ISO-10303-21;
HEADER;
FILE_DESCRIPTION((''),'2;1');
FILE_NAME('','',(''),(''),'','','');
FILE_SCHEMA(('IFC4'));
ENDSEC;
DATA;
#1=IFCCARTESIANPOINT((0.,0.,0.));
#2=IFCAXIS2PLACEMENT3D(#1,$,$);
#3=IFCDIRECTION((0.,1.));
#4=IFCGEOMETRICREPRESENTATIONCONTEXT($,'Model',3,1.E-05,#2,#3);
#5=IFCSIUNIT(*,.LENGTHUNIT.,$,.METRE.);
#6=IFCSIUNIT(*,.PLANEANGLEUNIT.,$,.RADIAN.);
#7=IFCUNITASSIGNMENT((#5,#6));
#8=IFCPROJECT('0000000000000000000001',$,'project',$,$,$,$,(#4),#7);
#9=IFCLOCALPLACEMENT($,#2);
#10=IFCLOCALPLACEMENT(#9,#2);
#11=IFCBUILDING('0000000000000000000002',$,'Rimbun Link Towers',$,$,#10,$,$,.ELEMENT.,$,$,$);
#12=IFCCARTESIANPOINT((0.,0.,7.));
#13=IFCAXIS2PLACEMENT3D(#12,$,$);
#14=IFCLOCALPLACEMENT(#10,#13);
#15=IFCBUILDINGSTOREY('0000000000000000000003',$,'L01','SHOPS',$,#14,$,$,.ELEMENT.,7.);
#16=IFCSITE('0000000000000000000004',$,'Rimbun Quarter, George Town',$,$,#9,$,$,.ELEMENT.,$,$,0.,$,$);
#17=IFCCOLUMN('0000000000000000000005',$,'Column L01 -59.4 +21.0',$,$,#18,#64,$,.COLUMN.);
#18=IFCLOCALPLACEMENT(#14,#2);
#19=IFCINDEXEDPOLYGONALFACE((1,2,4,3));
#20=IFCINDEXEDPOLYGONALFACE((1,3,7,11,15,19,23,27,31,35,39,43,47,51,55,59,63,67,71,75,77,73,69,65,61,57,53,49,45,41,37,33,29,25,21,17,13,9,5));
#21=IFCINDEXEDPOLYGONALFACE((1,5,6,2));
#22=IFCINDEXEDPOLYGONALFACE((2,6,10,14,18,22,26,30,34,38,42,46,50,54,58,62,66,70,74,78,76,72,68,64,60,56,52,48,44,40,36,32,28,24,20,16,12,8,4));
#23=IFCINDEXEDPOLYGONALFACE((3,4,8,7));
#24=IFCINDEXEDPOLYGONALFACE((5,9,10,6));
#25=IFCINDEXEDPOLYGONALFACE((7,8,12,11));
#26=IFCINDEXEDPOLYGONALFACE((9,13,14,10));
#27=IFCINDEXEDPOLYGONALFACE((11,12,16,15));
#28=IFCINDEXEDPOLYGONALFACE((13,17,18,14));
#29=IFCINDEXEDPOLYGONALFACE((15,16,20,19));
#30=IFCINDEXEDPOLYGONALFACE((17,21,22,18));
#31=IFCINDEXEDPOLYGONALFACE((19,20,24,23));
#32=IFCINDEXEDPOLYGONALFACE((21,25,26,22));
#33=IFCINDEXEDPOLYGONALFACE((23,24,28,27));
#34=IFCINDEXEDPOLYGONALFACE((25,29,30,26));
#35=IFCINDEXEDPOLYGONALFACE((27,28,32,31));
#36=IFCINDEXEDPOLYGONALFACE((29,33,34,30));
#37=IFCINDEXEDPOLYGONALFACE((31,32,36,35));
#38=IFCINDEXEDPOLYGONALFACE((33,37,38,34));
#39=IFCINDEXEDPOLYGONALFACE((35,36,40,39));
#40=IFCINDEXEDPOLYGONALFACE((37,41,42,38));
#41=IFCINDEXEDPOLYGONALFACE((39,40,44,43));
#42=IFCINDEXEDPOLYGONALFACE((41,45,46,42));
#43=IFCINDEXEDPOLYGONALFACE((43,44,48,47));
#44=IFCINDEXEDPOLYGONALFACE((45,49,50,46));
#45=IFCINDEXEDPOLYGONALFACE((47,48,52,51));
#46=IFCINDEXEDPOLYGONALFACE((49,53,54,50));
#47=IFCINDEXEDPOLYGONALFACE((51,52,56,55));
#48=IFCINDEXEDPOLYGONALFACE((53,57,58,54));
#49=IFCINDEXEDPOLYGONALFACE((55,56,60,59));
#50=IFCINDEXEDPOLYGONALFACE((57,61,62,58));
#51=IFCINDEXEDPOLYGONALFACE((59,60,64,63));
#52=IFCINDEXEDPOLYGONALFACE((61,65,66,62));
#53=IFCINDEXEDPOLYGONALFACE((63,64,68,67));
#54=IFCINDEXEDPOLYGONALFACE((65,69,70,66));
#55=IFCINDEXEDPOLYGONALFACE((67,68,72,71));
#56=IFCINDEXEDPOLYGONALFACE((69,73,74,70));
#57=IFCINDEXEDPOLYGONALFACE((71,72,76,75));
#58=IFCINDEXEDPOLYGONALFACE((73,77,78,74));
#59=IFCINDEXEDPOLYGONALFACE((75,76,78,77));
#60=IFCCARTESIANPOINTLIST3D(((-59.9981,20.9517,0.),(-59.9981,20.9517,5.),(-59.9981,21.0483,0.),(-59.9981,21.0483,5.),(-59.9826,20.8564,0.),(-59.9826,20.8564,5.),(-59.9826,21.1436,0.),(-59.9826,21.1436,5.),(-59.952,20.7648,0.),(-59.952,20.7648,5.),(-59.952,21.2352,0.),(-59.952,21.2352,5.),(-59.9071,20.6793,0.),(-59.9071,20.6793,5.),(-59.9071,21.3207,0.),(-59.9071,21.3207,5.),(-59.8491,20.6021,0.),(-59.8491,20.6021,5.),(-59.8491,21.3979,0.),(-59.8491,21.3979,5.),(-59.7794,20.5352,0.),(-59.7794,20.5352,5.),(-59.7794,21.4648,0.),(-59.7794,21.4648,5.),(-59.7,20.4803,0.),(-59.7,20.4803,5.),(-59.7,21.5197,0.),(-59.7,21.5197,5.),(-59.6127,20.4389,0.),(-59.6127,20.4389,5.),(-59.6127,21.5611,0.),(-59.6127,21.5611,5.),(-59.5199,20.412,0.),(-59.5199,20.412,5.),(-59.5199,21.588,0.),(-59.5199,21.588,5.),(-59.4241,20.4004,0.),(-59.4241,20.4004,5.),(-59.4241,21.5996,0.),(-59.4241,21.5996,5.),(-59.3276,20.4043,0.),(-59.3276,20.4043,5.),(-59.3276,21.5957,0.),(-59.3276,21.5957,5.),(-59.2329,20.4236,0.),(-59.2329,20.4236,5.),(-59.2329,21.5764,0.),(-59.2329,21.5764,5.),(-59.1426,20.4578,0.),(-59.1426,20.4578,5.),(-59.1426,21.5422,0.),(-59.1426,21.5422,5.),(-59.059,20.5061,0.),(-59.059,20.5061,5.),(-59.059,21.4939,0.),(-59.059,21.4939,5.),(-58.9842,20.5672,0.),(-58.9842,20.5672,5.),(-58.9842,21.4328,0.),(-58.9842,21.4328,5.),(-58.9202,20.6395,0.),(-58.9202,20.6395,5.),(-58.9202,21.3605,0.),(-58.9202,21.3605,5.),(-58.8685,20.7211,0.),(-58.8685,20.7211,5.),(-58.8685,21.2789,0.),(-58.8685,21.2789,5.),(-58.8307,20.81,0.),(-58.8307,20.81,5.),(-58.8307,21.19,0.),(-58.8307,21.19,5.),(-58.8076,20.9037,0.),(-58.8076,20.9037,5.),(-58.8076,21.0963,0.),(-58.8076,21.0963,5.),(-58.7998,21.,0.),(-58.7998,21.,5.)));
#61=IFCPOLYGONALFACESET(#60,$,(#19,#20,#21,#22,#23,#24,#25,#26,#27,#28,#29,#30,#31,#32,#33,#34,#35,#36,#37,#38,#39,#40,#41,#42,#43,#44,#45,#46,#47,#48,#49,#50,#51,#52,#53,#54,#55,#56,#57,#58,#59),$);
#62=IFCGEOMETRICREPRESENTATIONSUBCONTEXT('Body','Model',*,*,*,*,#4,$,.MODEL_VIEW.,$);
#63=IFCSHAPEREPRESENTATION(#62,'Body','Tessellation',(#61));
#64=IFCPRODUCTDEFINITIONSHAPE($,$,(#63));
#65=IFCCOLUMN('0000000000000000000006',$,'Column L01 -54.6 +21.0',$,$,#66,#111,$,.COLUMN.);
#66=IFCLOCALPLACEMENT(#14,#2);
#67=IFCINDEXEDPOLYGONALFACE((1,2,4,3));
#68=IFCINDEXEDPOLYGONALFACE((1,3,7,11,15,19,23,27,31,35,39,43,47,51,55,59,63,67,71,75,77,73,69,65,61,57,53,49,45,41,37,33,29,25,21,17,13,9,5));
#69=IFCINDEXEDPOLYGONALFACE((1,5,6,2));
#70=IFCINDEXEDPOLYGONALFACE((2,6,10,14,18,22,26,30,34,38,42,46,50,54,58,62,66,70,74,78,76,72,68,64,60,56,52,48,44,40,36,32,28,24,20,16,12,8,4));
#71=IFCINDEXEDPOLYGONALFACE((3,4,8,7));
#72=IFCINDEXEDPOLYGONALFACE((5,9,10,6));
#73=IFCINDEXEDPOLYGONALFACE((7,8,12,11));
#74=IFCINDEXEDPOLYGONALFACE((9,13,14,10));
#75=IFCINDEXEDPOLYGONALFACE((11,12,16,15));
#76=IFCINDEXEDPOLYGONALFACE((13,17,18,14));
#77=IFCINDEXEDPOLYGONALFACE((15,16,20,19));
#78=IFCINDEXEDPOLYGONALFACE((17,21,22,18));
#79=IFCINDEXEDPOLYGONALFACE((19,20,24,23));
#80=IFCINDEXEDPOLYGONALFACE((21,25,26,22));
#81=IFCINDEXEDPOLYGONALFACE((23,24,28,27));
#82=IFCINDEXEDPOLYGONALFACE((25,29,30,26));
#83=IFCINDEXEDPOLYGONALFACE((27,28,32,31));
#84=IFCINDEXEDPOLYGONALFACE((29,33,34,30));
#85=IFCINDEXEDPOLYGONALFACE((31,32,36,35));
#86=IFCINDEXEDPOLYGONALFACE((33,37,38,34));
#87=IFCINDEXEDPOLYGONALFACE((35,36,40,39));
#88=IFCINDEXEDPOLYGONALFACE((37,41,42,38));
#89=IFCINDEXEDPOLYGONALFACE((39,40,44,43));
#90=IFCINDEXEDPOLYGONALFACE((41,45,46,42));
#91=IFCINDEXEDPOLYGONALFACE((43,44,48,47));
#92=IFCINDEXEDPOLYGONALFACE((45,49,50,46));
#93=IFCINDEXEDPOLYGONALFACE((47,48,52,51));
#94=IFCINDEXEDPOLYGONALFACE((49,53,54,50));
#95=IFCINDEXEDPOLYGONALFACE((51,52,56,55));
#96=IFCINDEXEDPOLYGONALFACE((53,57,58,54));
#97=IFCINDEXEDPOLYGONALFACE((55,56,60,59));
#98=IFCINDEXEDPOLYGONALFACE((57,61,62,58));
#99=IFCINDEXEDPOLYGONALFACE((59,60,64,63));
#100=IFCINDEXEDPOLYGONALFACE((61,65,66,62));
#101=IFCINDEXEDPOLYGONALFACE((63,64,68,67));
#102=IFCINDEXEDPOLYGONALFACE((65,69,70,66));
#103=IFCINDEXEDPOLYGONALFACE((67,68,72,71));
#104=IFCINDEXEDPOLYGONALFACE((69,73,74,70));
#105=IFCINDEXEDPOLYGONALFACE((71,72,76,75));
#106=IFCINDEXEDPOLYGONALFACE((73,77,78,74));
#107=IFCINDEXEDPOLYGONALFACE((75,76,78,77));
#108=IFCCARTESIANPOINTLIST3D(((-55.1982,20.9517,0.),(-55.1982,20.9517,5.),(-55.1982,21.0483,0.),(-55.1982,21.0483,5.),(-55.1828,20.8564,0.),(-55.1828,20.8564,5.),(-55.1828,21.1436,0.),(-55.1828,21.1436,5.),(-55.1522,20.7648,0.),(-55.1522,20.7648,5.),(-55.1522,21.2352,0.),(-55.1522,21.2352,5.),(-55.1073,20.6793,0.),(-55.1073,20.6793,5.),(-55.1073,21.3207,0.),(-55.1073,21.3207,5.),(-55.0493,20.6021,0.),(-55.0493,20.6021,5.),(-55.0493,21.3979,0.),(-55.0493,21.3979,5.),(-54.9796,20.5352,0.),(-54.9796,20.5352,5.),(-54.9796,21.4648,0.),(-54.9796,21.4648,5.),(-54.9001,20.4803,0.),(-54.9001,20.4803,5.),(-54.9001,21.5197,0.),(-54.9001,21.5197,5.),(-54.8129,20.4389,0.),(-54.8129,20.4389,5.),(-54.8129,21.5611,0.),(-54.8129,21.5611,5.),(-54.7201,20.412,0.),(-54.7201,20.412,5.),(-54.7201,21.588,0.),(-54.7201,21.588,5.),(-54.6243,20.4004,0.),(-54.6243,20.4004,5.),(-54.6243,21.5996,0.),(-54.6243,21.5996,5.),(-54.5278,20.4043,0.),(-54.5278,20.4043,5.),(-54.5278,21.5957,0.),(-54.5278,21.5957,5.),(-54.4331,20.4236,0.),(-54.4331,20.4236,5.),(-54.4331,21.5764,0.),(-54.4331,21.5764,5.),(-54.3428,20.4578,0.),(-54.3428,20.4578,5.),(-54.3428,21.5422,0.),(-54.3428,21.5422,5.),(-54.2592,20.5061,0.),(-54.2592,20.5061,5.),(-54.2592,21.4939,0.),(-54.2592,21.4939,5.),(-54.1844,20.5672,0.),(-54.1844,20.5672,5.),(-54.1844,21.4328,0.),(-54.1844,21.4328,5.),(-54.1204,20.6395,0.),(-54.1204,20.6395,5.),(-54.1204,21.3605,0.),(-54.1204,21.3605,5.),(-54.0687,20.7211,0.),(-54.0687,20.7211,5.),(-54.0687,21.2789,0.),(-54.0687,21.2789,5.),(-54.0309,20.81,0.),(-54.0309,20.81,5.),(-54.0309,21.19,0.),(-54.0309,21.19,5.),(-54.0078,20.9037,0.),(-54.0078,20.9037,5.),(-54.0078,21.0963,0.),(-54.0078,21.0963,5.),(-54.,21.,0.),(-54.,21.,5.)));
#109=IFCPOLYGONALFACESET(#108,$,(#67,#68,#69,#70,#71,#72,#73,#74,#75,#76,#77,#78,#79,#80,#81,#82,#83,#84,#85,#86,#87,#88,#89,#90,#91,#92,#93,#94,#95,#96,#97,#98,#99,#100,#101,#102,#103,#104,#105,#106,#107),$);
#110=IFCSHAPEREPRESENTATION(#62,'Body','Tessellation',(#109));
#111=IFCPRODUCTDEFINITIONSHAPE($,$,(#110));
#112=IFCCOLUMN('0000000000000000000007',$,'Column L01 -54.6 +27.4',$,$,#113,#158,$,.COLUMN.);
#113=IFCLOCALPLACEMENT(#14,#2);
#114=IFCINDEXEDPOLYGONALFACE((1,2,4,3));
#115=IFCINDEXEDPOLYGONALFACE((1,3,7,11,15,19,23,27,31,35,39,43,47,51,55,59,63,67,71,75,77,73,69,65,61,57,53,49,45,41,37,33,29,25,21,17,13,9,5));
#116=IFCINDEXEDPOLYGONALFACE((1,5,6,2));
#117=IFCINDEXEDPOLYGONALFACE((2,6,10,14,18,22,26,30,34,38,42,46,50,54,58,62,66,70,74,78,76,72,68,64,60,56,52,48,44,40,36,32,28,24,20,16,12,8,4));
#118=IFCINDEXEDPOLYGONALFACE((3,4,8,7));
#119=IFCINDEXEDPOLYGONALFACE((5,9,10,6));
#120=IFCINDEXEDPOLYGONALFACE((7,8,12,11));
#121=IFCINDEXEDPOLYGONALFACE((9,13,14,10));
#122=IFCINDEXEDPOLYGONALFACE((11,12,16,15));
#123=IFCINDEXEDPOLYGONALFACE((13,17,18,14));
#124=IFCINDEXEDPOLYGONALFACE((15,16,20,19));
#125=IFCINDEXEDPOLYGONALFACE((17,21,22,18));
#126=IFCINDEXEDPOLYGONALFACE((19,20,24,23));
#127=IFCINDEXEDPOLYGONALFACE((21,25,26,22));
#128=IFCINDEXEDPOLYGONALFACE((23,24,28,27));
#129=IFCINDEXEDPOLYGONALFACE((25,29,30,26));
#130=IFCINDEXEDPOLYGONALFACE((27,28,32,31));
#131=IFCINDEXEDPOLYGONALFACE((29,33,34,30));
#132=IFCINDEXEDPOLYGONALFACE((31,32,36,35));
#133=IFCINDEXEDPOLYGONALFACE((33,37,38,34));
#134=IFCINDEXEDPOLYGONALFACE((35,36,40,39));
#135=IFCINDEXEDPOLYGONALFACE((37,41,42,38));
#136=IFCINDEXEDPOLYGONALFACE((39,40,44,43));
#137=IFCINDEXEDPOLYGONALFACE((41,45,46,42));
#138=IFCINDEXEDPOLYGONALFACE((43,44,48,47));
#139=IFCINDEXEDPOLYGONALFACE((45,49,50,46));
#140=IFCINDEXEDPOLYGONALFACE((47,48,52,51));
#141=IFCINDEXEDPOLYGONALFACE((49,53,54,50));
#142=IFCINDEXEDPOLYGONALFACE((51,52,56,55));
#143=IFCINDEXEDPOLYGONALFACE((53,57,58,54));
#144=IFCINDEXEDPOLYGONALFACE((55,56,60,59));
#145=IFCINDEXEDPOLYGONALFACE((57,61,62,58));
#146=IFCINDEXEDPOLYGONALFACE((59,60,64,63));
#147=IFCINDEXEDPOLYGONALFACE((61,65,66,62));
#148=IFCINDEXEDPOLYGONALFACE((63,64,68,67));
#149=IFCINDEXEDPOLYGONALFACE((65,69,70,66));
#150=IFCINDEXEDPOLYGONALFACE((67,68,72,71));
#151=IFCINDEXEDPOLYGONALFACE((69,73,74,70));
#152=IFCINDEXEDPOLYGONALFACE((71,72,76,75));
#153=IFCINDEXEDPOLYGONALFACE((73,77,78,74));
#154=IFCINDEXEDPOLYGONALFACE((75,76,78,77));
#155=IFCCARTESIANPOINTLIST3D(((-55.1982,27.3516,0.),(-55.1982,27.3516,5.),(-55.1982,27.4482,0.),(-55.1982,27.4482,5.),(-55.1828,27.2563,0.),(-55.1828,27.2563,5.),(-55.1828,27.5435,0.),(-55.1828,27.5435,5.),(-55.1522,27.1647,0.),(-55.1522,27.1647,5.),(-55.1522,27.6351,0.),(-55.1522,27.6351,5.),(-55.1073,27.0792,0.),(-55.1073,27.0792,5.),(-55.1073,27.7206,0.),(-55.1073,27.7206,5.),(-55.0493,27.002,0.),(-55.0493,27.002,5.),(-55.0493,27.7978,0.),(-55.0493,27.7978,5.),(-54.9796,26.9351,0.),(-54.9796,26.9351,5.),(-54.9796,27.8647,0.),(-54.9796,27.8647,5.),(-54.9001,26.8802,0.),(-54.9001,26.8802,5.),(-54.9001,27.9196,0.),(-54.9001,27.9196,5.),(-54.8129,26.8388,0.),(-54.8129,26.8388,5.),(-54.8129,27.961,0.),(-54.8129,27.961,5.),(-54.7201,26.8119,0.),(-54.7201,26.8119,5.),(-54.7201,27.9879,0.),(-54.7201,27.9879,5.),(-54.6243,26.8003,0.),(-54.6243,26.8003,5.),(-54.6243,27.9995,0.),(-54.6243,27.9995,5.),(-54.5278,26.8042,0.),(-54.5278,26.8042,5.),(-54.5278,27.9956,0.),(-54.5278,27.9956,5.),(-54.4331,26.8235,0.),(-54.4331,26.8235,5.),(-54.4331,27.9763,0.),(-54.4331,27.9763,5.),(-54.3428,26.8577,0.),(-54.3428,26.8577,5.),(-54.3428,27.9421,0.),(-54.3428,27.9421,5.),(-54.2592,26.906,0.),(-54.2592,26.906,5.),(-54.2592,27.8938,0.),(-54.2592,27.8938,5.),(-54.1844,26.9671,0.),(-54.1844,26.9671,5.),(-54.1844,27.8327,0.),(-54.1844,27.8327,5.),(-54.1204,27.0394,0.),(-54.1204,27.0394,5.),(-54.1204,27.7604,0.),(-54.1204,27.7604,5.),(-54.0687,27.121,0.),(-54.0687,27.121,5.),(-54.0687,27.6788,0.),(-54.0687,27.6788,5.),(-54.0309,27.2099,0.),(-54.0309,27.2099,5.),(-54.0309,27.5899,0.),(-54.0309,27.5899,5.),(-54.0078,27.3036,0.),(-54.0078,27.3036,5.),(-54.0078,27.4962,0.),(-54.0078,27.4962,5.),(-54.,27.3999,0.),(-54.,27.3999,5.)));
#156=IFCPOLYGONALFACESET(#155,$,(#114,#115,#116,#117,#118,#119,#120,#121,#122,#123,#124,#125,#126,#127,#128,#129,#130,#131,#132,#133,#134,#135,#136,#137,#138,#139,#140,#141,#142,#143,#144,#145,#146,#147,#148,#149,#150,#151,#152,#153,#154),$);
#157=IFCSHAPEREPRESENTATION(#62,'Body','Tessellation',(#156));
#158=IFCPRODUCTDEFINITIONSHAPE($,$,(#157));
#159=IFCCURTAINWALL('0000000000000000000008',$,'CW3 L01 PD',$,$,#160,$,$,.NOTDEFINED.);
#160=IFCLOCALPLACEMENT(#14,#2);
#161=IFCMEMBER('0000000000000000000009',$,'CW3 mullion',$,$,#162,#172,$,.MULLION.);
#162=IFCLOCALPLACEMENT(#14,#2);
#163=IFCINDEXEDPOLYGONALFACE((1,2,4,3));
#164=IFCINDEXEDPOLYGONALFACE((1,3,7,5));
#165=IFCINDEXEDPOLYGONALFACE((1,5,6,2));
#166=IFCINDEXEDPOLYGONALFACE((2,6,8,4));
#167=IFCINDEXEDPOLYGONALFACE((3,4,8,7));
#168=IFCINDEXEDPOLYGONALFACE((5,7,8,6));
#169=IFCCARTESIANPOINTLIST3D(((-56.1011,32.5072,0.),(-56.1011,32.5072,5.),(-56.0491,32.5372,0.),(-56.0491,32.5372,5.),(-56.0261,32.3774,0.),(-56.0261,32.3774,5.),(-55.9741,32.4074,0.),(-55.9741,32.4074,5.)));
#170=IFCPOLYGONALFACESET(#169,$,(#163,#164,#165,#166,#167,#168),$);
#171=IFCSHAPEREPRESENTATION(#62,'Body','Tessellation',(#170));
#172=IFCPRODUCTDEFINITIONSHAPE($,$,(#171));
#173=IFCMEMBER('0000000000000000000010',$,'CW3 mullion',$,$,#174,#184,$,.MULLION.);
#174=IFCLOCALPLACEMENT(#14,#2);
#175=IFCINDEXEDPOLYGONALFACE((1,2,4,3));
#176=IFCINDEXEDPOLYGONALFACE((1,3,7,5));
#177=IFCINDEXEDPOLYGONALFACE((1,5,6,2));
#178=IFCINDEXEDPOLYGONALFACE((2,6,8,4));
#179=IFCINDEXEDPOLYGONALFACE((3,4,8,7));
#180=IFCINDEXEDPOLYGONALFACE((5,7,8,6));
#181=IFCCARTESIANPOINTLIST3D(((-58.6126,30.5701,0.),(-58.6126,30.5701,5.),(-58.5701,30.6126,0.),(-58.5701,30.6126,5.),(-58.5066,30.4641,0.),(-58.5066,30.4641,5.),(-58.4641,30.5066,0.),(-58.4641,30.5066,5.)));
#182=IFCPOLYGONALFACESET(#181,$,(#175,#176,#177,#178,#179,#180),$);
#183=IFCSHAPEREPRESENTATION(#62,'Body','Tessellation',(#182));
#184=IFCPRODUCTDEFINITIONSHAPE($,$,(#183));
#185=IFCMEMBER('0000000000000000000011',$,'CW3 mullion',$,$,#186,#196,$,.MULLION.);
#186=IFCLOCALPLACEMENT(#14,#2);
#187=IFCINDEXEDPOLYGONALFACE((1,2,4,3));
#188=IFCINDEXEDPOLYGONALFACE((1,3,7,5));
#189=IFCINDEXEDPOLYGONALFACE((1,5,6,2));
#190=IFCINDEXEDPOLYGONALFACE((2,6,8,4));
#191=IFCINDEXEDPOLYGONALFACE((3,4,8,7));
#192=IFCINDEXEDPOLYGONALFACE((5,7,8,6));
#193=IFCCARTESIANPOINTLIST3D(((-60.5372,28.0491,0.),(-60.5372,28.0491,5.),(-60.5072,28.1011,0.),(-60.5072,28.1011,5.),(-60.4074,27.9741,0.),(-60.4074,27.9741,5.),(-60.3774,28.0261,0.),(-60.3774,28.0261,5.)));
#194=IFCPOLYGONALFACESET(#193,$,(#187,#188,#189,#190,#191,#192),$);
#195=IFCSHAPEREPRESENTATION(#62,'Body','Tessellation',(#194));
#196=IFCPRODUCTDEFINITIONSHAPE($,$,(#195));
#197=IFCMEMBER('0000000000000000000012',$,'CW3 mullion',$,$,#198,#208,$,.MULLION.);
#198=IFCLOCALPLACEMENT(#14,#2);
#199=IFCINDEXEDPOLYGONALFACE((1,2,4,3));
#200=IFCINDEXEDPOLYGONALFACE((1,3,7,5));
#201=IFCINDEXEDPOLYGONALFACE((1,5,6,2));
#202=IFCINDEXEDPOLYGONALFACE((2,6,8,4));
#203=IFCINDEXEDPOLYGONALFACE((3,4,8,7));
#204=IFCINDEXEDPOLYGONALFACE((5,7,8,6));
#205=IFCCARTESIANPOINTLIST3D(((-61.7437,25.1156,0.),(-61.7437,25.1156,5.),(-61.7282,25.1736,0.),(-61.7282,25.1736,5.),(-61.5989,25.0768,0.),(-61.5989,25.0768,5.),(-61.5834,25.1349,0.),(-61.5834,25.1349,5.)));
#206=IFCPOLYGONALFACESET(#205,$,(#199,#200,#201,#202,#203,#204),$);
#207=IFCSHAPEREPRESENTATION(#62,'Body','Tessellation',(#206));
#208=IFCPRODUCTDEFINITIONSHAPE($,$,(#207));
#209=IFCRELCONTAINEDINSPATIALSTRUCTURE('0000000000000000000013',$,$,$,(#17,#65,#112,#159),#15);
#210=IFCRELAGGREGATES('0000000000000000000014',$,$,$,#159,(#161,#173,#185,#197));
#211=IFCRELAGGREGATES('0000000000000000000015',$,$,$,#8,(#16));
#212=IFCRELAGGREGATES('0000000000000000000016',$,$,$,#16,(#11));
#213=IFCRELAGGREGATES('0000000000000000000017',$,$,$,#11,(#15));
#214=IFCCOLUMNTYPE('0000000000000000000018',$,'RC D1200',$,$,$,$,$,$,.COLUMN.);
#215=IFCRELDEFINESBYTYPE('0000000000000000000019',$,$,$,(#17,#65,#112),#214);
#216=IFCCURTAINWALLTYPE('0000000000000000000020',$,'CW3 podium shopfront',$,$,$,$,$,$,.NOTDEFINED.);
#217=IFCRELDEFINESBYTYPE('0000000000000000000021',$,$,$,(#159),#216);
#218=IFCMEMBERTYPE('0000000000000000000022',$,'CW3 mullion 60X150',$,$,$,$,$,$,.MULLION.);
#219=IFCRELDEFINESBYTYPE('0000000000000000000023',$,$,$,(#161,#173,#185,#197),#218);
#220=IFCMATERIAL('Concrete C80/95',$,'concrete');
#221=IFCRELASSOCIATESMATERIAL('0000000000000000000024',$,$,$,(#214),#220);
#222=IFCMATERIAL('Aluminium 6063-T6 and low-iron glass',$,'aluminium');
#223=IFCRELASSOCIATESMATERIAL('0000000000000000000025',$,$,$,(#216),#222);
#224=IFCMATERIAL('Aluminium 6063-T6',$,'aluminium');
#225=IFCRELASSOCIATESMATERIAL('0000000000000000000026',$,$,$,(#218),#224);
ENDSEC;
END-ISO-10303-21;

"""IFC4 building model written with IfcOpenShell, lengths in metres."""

from ifc_helpers import new_model, si_unit, direction, frame, origin, origin_2d, place, context, subcontext, project, spatial, rectangle, circle, extrude, material, material_profile, profile_set, type_object, element, aggregate, save


model = new_model("IFC4")

# Units and contexts
model_context = context("Model", 3, precision=1e-05, world=origin(), true_north=direction((0.0, 1.0)))
body_context = subcontext(model_context, "Body", "Model", "MODEL_VIEW")
ifc_project = project(units=[si_unit("LENGTHUNIT", "METRE"), si_unit("PLANEANGLEUNIT", "RADIAN")], contexts=[model_context])

# Site, building, storey
site_placement = place(None, origin())
site = spatial("IfcSite", under=ifc_project, at=site_placement, Name="Rimbun Quarter, George Town", CompositionType="ELEMENT", RefElevation=0.0)
building_placement = place(site_placement, origin())
building = spatial("IfcBuilding", under=site, at=building_placement, Name="Rimbun Link Towers", CompositionType="ELEMENT")
storey_placement = place(building_placement, frame((0.0, 0.0, 7.0)))
storey = spatial("IfcBuildingStorey", under=building, at=storey_placement, Name="L01", Description="SHOPS", CompositionType="ELEMENT", Elevation=7.0)

# Columns
ifc_material_1 = material(Name="Concrete C80/95", Category="concrete")
ifc_material_profile_1 = material_profile(ifc_material_1, circle(Radius=0.6001, at=origin_2d()), Name="RC D1200")
ifc_profile_set_1 = profile_set([ifc_material_profile_1], Name="Concrete C80/95")
column_type = type_object("IfcColumnType", Name="RC D1200", PredefinedType="COLUMN", material=ifc_profile_set_1)
for number, where, z_axis, x_axis, name in (
    (1, (-59.3999, 21.0, 0.0), (0.0, 0.0, 1.0), (1.0, 0.0, 0.0), "Column L01 -59.4 +21.0"),
    (2, (-54.6001, 21.0, 0.0), (0.0, 0.0, 1.0), (1.0, 0.0, 0.0), "Column L01 -54.6 +21.0"),
    (3, (-54.6001, 27.3999, 0.0), (0.0, 0.0, 1.0), (1.0, 0.0, 0.0), "Column L01 -54.6 +27.4"),
):
    element("IfcColumn", number, at=place(storey_placement, frame(where, z_axis=z_axis, x_axis=x_axis)), inside=storey, type_object=column_type, Name=name, PredefinedType="COLUMN", context=body_context, shape_type="SweptSolid", body=[
        extrude(circle(Radius=0.6001, at=origin_2d()), origin(), (0.0, 0.0, 1.0), 5.0),
    ])

# Curtain wall, members
ifc_material_2 = material(Name="Aluminium 6063-T6 and low-iron glass", Category="aluminium")
curtain_wall_type = type_object("IfcCurtainWallType", Name="CW3 podium shopfront", PredefinedType="NOTDEFINED", material=ifc_material_2)
curtain_wall_placement = place(storey_placement, origin())
curtain_wall = element("IfcCurtainWall", 4, at=curtain_wall_placement, inside=storey, type_object=curtain_wall_type, Name="CW3 L01 PD", PredefinedType="NOTDEFINED")
ifc_material_3 = material(Name="Aluminium 6063-T6", Category="aluminium")
ifc_material_profile_2 = material_profile(ifc_material_3, rectangle(XDim=0.1499, YDim=0.0601, at=origin_2d()), Name="MULLION 60X150")
ifc_profile_set_2 = profile_set([ifc_material_profile_2], Name="Aluminium 6063-T6")
member_type_1 = type_object("IfcMemberType", Name="CW3 mullion 60X150", PredefinedType="MULLION", material=ifc_profile_set_2)
member_1_placement = place(storey_placement, frame((-56.0376, 32.4573, 0.0), z_axis=(0.0, 0.0, 1.0), x_axis=(-0.499994, 0.866029, 0.0)))
member_1 = element("IfcMember", 5, at=member_1_placement, type_object=member_type_1, Name="CW3 mullion", PredefinedType="MULLION", context=body_context, shape_type="SweptSolid", body=[
    extrude(rectangle(XDim=0.1499, YDim=0.0601, at=origin_2d()), origin(), (0.0, 0.0, 1.0), 5.0),
])
member_2_placement = place(storey_placement, frame((-58.5383, 30.5383, 0.0), z_axis=(0.0, 0.0, 1.0), x_axis=(-0.707107, 0.707107, 0.0)))
member_2 = element("IfcMember", 6, at=member_2_placement, type_object=member_type_1, Name="CW3 mullion", PredefinedType="MULLION", context=body_context, shape_type="SweptSolid", body=[
    extrude(rectangle(XDim=0.1499, YDim=0.0601, at=origin_2d()), origin(), (0.0, 0.0, 1.0), 5.0),
])
member_3_placement = place(storey_placement, frame((-60.4573, 28.0376, 0.0), z_axis=(0.0, 0.0, 1.0), x_axis=(-0.866029, 0.499994, 0.0)))
member_3 = element("IfcMember", 7, at=member_3_placement, type_object=member_type_1, Name="CW3 mullion", PredefinedType="MULLION", context=body_context, shape_type="SweptSolid", body=[
    extrude(rectangle(XDim=0.1499, YDim=0.0601, at=origin_2d()), origin(), (0.0, 0.0, 1.0), 5.0),
])
member_4_placement = place(storey_placement, frame((-61.6636, 25.1252, 0.0), z_axis=(0.0, 0.0, 1.0), x_axis=(-0.965926, 0.258819, 0.0)))
member_4 = element("IfcMember", 8, at=member_4_placement, type_object=member_type_1, Name="CW3 mullion", PredefinedType="MULLION", context=body_context, shape_type="SweptSolid", body=[
    extrude(rectangle(XDim=0.1499, YDim=0.0601, at=origin_2d()), origin(), (0.0, 0.0, 1.0), 5.0),
])

aggregate(curtain_wall, [member_1, member_2, member_3, member_4])

save(model, "model.ifc")
